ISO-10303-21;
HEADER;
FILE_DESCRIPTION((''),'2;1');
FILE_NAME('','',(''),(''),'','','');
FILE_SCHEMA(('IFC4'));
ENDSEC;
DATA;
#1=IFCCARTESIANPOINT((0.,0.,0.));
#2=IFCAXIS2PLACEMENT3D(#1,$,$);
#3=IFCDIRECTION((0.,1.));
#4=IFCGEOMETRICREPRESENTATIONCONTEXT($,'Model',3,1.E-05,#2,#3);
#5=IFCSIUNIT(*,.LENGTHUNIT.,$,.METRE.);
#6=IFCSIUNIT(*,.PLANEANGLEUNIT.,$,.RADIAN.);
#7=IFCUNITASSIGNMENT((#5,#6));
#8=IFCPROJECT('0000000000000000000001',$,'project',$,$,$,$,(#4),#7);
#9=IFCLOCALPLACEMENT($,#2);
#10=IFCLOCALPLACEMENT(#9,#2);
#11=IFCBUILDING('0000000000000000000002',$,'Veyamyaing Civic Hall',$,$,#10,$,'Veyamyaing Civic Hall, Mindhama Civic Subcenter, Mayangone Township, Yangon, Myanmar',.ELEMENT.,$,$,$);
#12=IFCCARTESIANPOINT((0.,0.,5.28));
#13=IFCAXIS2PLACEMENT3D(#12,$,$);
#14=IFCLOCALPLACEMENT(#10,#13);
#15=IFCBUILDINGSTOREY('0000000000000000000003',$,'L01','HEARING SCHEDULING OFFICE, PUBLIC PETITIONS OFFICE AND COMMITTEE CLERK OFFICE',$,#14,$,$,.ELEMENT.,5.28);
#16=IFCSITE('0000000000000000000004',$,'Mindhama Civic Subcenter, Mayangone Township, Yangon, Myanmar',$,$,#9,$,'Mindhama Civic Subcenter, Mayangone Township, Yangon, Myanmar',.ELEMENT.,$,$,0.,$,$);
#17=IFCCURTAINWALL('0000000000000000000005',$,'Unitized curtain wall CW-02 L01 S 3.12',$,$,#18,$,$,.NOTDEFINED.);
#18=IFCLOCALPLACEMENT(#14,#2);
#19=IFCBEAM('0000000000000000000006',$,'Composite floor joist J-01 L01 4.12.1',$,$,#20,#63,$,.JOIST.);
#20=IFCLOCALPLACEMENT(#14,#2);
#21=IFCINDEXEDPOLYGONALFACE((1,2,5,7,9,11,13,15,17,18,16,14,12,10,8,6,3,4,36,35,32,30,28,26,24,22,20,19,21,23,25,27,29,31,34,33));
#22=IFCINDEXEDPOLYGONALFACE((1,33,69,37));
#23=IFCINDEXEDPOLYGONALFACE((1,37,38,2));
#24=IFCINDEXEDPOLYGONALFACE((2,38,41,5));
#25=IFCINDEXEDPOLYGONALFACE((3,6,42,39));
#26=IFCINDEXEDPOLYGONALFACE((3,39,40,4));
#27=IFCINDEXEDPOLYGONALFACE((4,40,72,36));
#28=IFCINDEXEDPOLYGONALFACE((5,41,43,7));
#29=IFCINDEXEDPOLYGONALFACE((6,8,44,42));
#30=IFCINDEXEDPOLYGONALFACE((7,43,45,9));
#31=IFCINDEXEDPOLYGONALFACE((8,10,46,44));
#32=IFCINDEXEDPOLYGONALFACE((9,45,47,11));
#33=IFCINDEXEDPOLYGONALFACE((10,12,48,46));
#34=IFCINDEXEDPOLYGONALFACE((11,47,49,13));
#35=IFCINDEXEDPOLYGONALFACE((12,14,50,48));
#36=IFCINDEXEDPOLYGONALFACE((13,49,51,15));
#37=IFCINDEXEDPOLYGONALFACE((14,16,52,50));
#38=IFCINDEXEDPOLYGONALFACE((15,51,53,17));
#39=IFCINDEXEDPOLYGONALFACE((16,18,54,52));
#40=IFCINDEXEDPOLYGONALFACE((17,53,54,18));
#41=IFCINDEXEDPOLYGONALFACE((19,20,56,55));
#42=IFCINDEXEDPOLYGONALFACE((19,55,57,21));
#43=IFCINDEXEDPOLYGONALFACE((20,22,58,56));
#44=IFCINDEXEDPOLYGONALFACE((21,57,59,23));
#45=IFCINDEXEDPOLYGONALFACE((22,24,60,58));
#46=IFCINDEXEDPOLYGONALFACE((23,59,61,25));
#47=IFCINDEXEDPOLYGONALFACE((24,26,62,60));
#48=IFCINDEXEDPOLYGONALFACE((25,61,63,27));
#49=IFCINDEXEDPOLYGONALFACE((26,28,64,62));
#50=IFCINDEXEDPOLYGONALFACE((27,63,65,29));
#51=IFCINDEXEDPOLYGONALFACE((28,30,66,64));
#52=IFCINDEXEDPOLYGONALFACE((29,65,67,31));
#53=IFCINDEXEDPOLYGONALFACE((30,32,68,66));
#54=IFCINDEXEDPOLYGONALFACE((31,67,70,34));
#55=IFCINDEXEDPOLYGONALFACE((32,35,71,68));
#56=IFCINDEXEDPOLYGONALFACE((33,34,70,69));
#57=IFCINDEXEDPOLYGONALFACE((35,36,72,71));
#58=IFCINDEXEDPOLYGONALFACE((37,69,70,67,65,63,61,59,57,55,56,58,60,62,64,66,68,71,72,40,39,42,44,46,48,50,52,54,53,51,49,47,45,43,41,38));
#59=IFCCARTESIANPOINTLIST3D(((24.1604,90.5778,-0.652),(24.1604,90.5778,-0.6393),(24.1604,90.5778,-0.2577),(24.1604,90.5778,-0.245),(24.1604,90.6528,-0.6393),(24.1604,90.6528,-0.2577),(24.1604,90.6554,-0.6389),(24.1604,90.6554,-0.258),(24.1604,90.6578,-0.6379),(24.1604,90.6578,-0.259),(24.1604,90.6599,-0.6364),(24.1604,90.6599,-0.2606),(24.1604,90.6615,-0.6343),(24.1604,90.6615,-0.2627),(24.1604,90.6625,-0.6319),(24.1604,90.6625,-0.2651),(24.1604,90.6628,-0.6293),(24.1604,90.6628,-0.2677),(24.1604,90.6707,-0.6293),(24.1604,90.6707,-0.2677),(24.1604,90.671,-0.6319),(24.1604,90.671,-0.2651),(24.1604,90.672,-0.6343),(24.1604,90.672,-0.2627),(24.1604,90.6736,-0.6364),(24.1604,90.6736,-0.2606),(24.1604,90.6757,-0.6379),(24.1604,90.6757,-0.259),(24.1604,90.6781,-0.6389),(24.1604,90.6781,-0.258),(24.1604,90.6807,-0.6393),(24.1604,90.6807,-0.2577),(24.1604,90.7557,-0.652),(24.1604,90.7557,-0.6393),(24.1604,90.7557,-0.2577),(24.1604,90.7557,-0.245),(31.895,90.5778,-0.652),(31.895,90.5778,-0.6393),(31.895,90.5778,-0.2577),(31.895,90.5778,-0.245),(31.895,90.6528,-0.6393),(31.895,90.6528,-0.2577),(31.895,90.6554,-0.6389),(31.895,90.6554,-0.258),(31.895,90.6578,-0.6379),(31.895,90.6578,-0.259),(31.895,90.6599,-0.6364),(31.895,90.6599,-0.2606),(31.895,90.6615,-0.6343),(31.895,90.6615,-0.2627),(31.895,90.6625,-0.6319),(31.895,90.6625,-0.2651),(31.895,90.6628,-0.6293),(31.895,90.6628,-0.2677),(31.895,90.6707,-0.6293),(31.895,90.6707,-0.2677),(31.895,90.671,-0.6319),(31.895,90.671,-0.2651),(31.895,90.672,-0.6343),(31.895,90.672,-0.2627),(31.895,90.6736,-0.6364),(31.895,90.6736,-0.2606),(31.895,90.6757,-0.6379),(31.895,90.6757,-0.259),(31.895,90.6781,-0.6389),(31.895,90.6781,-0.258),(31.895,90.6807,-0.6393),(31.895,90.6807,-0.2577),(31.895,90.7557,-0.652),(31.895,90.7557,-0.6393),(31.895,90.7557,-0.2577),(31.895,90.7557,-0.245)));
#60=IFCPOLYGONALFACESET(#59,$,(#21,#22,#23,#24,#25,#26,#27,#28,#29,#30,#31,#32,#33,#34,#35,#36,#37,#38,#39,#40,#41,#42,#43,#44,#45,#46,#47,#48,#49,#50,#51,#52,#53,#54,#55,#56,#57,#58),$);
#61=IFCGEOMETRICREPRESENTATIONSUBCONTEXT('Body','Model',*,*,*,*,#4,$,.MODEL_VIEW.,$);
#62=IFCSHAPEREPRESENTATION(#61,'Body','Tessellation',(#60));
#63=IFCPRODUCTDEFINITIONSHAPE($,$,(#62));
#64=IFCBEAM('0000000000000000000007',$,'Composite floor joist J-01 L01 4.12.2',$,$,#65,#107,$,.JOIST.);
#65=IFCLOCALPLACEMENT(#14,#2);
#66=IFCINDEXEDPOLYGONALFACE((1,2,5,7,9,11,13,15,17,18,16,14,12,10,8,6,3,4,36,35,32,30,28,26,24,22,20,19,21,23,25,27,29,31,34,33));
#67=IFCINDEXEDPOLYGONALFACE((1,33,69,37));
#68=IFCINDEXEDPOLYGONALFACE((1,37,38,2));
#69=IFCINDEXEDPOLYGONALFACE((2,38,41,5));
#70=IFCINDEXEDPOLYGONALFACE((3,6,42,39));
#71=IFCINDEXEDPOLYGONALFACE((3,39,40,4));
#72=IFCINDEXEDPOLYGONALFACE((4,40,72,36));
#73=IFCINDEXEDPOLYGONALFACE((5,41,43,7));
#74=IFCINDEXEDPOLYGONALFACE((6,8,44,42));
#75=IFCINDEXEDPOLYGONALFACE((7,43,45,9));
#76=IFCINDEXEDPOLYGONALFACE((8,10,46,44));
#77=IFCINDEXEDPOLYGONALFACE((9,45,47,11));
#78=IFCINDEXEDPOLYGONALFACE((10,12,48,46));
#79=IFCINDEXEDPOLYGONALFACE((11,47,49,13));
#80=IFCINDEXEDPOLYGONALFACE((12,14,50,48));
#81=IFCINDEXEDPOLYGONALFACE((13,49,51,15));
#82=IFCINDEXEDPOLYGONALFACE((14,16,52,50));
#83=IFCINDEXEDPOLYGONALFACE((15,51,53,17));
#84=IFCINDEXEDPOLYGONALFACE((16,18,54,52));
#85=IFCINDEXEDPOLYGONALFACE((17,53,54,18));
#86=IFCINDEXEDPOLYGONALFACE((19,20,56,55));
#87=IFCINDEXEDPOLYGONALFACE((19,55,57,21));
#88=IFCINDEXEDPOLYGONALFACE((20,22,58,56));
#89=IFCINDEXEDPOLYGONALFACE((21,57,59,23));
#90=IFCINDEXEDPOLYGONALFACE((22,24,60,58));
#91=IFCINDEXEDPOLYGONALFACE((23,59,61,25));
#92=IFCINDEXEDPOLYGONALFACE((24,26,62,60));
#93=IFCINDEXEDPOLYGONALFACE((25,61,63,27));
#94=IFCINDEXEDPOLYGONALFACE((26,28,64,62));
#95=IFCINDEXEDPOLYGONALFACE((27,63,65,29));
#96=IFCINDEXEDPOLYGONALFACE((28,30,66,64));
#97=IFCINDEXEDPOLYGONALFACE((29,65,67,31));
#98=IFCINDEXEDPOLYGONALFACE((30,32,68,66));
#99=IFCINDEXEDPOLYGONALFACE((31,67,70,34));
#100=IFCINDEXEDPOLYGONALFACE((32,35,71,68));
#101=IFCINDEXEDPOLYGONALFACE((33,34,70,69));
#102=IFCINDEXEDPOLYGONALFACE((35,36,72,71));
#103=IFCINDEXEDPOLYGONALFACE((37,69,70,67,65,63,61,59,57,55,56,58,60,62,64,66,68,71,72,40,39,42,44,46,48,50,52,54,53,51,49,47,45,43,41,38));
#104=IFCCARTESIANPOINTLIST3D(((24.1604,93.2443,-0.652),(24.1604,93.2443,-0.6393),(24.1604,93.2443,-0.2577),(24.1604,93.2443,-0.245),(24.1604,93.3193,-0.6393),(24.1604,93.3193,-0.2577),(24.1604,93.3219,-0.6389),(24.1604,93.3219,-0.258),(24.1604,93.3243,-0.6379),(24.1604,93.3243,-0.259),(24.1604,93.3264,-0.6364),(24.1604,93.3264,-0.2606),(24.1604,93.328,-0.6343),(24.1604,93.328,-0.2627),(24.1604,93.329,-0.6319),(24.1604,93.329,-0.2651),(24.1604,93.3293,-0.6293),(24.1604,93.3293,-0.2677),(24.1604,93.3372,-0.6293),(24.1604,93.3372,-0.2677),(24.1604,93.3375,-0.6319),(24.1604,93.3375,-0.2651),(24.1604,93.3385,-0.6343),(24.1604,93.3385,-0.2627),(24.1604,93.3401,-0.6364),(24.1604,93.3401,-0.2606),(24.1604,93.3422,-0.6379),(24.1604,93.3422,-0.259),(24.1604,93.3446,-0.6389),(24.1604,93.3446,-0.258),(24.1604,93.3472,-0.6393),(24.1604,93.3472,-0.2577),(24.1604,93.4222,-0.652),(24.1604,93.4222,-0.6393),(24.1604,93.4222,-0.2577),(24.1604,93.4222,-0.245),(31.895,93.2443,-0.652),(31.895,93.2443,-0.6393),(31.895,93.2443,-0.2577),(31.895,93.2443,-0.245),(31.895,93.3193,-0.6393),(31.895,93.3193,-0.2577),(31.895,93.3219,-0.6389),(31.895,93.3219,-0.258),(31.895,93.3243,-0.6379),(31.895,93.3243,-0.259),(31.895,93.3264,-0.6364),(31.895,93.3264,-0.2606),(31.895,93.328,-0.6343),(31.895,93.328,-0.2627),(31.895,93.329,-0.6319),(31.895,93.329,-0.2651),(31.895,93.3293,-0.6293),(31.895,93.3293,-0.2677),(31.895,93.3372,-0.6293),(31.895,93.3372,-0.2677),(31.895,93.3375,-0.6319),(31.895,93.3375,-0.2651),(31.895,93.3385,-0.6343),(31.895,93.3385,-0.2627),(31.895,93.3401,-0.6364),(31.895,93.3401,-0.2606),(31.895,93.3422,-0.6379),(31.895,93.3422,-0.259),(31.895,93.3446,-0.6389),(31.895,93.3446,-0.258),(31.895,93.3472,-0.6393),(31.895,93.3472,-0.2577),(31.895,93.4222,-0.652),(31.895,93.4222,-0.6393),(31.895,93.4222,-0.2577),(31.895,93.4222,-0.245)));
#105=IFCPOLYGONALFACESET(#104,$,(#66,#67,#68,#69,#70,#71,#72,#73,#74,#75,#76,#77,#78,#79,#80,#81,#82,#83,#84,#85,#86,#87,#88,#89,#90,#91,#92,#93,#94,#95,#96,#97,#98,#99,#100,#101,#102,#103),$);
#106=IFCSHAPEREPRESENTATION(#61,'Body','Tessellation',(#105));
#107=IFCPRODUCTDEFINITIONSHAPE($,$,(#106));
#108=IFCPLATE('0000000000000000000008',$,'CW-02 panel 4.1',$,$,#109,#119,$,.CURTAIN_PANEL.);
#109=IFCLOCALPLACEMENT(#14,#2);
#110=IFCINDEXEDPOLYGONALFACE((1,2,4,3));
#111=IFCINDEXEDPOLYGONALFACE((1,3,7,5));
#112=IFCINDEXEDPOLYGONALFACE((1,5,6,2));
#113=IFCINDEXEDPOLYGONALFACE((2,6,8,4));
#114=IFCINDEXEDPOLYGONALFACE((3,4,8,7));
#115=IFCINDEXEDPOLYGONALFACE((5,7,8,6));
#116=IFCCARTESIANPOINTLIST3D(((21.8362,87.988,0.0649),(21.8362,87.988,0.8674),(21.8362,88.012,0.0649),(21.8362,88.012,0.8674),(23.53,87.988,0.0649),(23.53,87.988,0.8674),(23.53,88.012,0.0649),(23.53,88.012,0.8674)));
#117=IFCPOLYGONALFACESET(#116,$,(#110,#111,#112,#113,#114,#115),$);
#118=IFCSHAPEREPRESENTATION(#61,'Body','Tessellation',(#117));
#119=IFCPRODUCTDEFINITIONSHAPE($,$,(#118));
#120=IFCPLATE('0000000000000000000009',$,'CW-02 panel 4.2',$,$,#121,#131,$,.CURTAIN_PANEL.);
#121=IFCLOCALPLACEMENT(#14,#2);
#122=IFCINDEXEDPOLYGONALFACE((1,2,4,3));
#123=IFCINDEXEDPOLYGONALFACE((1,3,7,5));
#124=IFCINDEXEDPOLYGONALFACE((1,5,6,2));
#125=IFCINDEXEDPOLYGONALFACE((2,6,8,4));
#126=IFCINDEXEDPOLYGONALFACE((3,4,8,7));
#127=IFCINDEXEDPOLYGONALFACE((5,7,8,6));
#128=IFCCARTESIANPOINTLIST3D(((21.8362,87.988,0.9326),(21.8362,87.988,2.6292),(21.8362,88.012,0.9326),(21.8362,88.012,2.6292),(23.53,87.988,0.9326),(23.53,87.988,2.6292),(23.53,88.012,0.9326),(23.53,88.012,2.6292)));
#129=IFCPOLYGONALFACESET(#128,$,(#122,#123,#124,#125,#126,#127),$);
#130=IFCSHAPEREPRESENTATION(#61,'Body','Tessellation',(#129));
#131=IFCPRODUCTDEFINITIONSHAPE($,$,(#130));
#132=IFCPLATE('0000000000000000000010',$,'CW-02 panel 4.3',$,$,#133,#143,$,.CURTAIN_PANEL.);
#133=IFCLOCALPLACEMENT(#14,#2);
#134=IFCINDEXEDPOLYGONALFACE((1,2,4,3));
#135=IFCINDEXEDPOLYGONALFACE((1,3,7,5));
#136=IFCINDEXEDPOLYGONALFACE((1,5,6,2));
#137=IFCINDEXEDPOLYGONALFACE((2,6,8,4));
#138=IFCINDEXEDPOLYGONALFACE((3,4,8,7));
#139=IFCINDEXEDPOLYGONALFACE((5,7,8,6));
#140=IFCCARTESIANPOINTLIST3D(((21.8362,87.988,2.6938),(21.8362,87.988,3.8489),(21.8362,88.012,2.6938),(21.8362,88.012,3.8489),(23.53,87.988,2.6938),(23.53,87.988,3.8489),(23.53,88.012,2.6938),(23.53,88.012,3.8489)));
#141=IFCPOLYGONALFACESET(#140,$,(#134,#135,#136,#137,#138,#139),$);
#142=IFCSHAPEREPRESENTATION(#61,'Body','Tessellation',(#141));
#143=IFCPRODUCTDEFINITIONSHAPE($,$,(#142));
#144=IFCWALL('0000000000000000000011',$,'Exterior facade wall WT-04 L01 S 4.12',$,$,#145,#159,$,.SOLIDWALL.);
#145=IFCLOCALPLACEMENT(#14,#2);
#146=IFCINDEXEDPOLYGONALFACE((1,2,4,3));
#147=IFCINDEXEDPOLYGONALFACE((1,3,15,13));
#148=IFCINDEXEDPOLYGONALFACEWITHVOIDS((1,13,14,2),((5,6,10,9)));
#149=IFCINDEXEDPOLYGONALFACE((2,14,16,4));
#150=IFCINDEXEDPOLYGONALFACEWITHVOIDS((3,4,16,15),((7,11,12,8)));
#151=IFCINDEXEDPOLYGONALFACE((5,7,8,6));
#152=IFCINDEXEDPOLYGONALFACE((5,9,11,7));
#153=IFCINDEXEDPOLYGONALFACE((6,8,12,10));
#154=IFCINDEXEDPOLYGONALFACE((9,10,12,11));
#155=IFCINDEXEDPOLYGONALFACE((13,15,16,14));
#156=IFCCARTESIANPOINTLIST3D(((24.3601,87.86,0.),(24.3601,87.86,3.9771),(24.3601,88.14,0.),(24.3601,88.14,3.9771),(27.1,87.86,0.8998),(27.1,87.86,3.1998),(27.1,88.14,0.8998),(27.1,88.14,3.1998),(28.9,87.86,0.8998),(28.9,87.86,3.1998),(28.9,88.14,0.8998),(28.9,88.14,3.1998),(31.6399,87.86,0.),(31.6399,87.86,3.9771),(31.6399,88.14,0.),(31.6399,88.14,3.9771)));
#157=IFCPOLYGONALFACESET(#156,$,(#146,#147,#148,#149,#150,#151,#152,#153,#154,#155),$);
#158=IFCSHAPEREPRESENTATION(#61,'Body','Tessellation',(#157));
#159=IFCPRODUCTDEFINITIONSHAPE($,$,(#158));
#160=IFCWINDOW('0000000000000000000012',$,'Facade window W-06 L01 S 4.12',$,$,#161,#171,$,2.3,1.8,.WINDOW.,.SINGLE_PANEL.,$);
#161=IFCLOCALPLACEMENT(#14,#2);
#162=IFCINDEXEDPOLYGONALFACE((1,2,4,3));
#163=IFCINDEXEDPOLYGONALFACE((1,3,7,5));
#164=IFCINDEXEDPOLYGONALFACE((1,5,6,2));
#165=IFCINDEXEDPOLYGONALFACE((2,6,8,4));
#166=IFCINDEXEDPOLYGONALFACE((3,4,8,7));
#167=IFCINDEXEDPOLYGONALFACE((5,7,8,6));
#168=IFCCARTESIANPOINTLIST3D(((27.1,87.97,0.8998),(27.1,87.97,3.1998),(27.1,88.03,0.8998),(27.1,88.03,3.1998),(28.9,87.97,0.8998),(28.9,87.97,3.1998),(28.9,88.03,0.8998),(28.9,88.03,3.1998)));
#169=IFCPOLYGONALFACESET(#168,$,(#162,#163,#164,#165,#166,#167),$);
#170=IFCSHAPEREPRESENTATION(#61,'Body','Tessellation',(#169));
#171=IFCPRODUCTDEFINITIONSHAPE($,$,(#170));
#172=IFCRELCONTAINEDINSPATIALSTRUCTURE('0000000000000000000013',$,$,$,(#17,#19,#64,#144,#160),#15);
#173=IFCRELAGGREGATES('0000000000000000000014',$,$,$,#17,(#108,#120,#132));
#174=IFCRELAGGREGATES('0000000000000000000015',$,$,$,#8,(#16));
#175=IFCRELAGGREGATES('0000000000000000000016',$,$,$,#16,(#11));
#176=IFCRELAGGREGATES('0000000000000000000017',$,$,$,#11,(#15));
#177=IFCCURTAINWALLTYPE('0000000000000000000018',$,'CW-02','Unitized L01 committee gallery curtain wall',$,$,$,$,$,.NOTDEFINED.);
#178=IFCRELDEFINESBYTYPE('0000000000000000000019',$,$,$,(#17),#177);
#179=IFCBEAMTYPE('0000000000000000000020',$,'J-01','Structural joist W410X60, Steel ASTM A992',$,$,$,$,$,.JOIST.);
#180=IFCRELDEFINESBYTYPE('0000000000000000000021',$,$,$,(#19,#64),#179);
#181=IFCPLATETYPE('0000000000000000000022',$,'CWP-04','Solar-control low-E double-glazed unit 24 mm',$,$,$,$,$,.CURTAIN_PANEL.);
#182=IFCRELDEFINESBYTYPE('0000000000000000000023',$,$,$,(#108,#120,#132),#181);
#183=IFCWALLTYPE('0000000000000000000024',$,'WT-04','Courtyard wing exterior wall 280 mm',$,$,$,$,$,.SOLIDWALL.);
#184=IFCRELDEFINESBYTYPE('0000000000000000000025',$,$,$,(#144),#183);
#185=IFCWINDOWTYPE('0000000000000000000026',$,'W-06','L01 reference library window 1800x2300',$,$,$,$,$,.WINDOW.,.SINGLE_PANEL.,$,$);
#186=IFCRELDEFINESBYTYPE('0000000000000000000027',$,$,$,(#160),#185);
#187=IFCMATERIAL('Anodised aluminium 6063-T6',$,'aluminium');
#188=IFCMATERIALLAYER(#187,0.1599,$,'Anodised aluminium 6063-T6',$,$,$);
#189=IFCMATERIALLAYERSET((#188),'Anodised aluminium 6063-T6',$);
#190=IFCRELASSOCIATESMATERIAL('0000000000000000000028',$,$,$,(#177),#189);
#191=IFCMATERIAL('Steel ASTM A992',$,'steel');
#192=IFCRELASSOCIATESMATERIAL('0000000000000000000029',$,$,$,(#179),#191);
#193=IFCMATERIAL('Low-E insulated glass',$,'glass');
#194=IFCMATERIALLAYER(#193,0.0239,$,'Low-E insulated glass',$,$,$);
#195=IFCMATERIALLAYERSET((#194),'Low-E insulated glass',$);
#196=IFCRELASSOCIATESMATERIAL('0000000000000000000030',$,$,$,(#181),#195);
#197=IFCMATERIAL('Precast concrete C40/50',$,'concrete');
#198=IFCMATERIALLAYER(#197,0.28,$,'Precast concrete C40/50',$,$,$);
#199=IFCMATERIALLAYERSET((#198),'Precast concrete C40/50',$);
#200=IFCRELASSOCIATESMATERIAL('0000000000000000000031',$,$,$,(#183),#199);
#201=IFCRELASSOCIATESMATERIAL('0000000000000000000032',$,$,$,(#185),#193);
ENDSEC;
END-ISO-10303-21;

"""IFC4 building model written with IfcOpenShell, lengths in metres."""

from ifc_helpers import new_model, si_unit, direction, frame, frame_2d, origin, origin_2d, place, context, subcontext, project, spatial, rectangle, i_section, extrude, material, layer, layer_set, material_profile, profile_set, type_object, element, fill, aggregate, save


model = new_model("IFC4")

# Units and contexts
model_context = context("Model", 3, precision=1e-05, world=origin(), true_north=direction((0.0, 1.0)))
body_context = subcontext(model_context, "Body", "Model", "MODEL_VIEW")
ifc_project = project(units=[si_unit("LENGTHUNIT", "METRE"), si_unit("PLANEANGLEUNIT", "RADIAN")], contexts=[model_context])

# Site, building, storey
site_placement = place(None, origin())
site = spatial("IfcSite", under=ifc_project, at=site_placement, Name="Mindhama Civic Subcenter, Mayangone Township, Yangon, Myanmar", LongName="Mindhama Civic Subcenter, Mayangone Township, Yangon, Myanmar", CompositionType="ELEMENT", RefElevation=0.0)
building_placement = place(site_placement, origin())
building = spatial("IfcBuilding", under=site, at=building_placement, Name="Veyamyaing Civic Hall", LongName="Veyamyaing Civic Hall, Mindhama Civic Subcenter, Mayangone Township, Yangon, Myanmar", CompositionType="ELEMENT")
storey_placement = place(building_placement, frame((0.0, 0.0, 5.28)))
storey = spatial("IfcBuildingStorey", under=building, at=storey_placement, Name="L01", Description="HEARING SCHEDULING OFFICE, PUBLIC PETITIONS OFFICE AND COMMITTEE CLERK OFFICE", CompositionType="ELEMENT", Elevation=5.28)

# Shared definitions
ifc_material_1 = material(Name="Steel ASTM A992", Category="steel")

# Curtain wall
ifc_material_2 = material(Name="Anodised aluminium 6063-T6", Category="aluminium")
ifc_layer_1 = layer(ifc_material_2, 0.1599, Name="Anodised aluminium 6063-T6")
ifc_layer_set_1 = layer_set([ifc_layer_1], Name="Anodised aluminium 6063-T6")
curtain_wall_type = type_object("IfcCurtainWallType", Name="CW-02", Description="Unitized L01 committee gallery curtain wall", PredefinedType="NOTDEFINED", material=ifc_layer_set_1)
curtain_wall_placement = place(storey_placement, origin())
curtain_wall = element("IfcCurtainWall", 1, at=curtain_wall_placement, inside=storey, type_object=curtain_wall_type, Name="Unitized curtain wall CW-02 L01 S 3.12", PredefinedType="NOTDEFINED")

# Beams
ifc_material_profile_1 = material_profile(ifc_material_1, i_section(OverallWidth=0.178, OverallDepth=0.407, WebThickness=0.0078, FlangeThickness=0.0127, FilletRadius=0.01, at=origin_2d()), Name="W410X60")
ifc_profile_set_1 = profile_set([ifc_material_profile_1], Name="Steel ASTM A992")
beam_type_1 = type_object("IfcBeamType", Name="J-01", Description="Structural joist W410X60, Steel ASTM A992", PredefinedType="JOIST", material=ifc_profile_set_1)
for number, where, z_axis, x_axis, name in (
    (2, (24.1604, 90.6667, -0.4485), (1.0, 0.0, 0.0), (0.0, 1.0, 0.0), "Composite floor joist J-01 L01 4.12.1"),
    (3, (24.1604, 93.3333, -0.4485), (1.0, 0.0, 0.0), (0.0, 1.0, 0.0), "Composite floor joist J-01 L01 4.12.2"),
):
    element("IfcBeam", number, at=place(storey_placement, frame(where, z_axis=z_axis, x_axis=x_axis)), inside=storey, type_object=beam_type_1, Name=name, PredefinedType="JOIST", context=body_context, shape_type="SweptSolid", body=[
        extrude(i_section(OverallWidth=0.178, OverallDepth=0.407, WebThickness=0.0078, FlangeThickness=0.0127, FilletRadius=0.01, at=origin_2d()), origin(), (0.0, 0.0, 1.0), 7.7346),
    ])

# Plates
ifc_material_3 = material(Name="Low-E insulated glass", Category="glass")
ifc_layer_2 = layer(ifc_material_3, 0.0239, Name="Low-E insulated glass")
ifc_layer_set_2 = layer_set([ifc_layer_2], Name="Low-E insulated glass")
plate_type = type_object("IfcPlateType", Name="CWP-04", Description="Solar-control low-E double-glazed unit 24 mm", PredefinedType="CURTAIN_PANEL", material=ifc_layer_set_2)
plate_1_placement = place(storey_placement, frame((22.6831, 88.0, 0.0649), z_axis=(0.0, 0.0, 1.0), x_axis=(1.0, 0.0, 0.0)))
plate_1 = element("IfcPlate", 4, at=plate_1_placement, type_object=plate_type, Name="CW-02 panel 4.1", PredefinedType="CURTAIN_PANEL", context=body_context, shape_type="SweptSolid", body=[
    extrude(rectangle(XDim=1.6938, YDim=0.0239, at=origin_2d()), origin(), (0.0, 0.0, 1.0), 0.8025),
])
plate_2_placement = place(storey_placement, frame((22.6831, 88.0, 0.9326), z_axis=(0.0, 0.0, 1.0), x_axis=(1.0, 0.0, 0.0)))
plate_2 = element("IfcPlate", 5, at=plate_2_placement, type_object=plate_type, Name="CW-02 panel 4.2", PredefinedType="CURTAIN_PANEL", context=body_context, shape_type="SweptSolid", body=[
    extrude(rectangle(XDim=1.6938, YDim=0.0239, at=origin_2d()), origin(), (0.0, 0.0, 1.0), 1.6965),
])
plate_3_placement = place(storey_placement, frame((22.6831, 88.0, 2.6938), z_axis=(0.0, 0.0, 1.0), x_axis=(1.0, 0.0, 0.0)))
plate_3 = element("IfcPlate", 6, at=plate_3_placement, type_object=plate_type, Name="CW-02 panel 4.3", PredefinedType="CURTAIN_PANEL", context=body_context, shape_type="SweptSolid", body=[
    extrude(rectangle(XDim=1.6938, YDim=0.0239, at=origin_2d()), origin(), (0.0, 0.0, 1.0), 1.155),
])
aggregate(curtain_wall, [plate_1, plate_2, plate_3])

# Wall, opening, window
ifc_material_4 = material(Name="Precast concrete C40/50", Category="concrete")
ifc_layer_3 = layer(ifc_material_4, 0.28, Name="Precast concrete C40/50")
ifc_layer_set_3 = layer_set([ifc_layer_3], Name="Precast concrete C40/50")
wall_type_1 = type_object("IfcWallType", Name="WT-04", Description="Courtyard wing exterior wall 280 mm", PredefinedType="SOLIDWALL", material=ifc_layer_set_3)
wall_1_placement = place(storey_placement, frame((24.3601, 88.0, 0.0), z_axis=(0.0, 0.0, 1.0), x_axis=(1.0, 0.0, 0.0)))
wall_1 = element("IfcWall", 7, at=wall_1_placement, inside=storey, type_object=wall_type_1, Name="Exterior facade wall WT-04 L01 S 4.12", PredefinedType="SOLIDWALL", context=body_context, shape_type="SweptSolid", body=[
    extrude(rectangle(XDim=7.2798, YDim=0.28, at=frame_2d((3.6399, 0.0))), origin(), (0.0, 0.0, 1.0), 3.9771),
])
opening_1_placement = place(wall_1_placement, frame((2.74, 0.0, 0.8999)))
opening_1 = element("IfcOpeningElement", 8, at=opening_1_placement, cuts=wall_1, PredefinedType="OPENING", context=body_context, shape_type="SweptSolid", body=[
    extrude(rectangle(XDim=1.8, YDim=2.3, at=frame_2d((0.8999, 1.1499))), frame((0.0, 0.1499, 0.0), z_axis=(0.0, -1.0, 0.0), x_axis=(1.0, 0.0, 0.0)), (0.0, 0.0, 1.0), 0.3),
])
window_type = type_object("IfcWindowType", Name="W-06", Description="L01 reference library window 1800x2300", PartitioningType="SINGLE_PANEL", PredefinedType="WINDOW", material=ifc_material_3)
window_placement = place(opening_1_placement, origin())
window = element("IfcWindow", 9, at=window_placement, inside=storey, type_object=window_type, Name="Facade window W-06 L01 S 4.12", OverallHeight=2.3, OverallWidth=1.8, PartitioningType="SINGLE_PANEL", PredefinedType="WINDOW", context=body_context, shape_type="SweptSolid", body=[
    extrude(rectangle(XDim=1.8, YDim=2.3, at=frame_2d((0.8999, 1.1499))), frame((0.0, 0.03, 0.0), z_axis=(0.0, -1.0, 0.0), x_axis=(1.0, 0.0, 0.0)), (0.0, 0.0, 1.0), 0.0601),
])
fill(opening_1, window)

save(model, "model.ifc")
